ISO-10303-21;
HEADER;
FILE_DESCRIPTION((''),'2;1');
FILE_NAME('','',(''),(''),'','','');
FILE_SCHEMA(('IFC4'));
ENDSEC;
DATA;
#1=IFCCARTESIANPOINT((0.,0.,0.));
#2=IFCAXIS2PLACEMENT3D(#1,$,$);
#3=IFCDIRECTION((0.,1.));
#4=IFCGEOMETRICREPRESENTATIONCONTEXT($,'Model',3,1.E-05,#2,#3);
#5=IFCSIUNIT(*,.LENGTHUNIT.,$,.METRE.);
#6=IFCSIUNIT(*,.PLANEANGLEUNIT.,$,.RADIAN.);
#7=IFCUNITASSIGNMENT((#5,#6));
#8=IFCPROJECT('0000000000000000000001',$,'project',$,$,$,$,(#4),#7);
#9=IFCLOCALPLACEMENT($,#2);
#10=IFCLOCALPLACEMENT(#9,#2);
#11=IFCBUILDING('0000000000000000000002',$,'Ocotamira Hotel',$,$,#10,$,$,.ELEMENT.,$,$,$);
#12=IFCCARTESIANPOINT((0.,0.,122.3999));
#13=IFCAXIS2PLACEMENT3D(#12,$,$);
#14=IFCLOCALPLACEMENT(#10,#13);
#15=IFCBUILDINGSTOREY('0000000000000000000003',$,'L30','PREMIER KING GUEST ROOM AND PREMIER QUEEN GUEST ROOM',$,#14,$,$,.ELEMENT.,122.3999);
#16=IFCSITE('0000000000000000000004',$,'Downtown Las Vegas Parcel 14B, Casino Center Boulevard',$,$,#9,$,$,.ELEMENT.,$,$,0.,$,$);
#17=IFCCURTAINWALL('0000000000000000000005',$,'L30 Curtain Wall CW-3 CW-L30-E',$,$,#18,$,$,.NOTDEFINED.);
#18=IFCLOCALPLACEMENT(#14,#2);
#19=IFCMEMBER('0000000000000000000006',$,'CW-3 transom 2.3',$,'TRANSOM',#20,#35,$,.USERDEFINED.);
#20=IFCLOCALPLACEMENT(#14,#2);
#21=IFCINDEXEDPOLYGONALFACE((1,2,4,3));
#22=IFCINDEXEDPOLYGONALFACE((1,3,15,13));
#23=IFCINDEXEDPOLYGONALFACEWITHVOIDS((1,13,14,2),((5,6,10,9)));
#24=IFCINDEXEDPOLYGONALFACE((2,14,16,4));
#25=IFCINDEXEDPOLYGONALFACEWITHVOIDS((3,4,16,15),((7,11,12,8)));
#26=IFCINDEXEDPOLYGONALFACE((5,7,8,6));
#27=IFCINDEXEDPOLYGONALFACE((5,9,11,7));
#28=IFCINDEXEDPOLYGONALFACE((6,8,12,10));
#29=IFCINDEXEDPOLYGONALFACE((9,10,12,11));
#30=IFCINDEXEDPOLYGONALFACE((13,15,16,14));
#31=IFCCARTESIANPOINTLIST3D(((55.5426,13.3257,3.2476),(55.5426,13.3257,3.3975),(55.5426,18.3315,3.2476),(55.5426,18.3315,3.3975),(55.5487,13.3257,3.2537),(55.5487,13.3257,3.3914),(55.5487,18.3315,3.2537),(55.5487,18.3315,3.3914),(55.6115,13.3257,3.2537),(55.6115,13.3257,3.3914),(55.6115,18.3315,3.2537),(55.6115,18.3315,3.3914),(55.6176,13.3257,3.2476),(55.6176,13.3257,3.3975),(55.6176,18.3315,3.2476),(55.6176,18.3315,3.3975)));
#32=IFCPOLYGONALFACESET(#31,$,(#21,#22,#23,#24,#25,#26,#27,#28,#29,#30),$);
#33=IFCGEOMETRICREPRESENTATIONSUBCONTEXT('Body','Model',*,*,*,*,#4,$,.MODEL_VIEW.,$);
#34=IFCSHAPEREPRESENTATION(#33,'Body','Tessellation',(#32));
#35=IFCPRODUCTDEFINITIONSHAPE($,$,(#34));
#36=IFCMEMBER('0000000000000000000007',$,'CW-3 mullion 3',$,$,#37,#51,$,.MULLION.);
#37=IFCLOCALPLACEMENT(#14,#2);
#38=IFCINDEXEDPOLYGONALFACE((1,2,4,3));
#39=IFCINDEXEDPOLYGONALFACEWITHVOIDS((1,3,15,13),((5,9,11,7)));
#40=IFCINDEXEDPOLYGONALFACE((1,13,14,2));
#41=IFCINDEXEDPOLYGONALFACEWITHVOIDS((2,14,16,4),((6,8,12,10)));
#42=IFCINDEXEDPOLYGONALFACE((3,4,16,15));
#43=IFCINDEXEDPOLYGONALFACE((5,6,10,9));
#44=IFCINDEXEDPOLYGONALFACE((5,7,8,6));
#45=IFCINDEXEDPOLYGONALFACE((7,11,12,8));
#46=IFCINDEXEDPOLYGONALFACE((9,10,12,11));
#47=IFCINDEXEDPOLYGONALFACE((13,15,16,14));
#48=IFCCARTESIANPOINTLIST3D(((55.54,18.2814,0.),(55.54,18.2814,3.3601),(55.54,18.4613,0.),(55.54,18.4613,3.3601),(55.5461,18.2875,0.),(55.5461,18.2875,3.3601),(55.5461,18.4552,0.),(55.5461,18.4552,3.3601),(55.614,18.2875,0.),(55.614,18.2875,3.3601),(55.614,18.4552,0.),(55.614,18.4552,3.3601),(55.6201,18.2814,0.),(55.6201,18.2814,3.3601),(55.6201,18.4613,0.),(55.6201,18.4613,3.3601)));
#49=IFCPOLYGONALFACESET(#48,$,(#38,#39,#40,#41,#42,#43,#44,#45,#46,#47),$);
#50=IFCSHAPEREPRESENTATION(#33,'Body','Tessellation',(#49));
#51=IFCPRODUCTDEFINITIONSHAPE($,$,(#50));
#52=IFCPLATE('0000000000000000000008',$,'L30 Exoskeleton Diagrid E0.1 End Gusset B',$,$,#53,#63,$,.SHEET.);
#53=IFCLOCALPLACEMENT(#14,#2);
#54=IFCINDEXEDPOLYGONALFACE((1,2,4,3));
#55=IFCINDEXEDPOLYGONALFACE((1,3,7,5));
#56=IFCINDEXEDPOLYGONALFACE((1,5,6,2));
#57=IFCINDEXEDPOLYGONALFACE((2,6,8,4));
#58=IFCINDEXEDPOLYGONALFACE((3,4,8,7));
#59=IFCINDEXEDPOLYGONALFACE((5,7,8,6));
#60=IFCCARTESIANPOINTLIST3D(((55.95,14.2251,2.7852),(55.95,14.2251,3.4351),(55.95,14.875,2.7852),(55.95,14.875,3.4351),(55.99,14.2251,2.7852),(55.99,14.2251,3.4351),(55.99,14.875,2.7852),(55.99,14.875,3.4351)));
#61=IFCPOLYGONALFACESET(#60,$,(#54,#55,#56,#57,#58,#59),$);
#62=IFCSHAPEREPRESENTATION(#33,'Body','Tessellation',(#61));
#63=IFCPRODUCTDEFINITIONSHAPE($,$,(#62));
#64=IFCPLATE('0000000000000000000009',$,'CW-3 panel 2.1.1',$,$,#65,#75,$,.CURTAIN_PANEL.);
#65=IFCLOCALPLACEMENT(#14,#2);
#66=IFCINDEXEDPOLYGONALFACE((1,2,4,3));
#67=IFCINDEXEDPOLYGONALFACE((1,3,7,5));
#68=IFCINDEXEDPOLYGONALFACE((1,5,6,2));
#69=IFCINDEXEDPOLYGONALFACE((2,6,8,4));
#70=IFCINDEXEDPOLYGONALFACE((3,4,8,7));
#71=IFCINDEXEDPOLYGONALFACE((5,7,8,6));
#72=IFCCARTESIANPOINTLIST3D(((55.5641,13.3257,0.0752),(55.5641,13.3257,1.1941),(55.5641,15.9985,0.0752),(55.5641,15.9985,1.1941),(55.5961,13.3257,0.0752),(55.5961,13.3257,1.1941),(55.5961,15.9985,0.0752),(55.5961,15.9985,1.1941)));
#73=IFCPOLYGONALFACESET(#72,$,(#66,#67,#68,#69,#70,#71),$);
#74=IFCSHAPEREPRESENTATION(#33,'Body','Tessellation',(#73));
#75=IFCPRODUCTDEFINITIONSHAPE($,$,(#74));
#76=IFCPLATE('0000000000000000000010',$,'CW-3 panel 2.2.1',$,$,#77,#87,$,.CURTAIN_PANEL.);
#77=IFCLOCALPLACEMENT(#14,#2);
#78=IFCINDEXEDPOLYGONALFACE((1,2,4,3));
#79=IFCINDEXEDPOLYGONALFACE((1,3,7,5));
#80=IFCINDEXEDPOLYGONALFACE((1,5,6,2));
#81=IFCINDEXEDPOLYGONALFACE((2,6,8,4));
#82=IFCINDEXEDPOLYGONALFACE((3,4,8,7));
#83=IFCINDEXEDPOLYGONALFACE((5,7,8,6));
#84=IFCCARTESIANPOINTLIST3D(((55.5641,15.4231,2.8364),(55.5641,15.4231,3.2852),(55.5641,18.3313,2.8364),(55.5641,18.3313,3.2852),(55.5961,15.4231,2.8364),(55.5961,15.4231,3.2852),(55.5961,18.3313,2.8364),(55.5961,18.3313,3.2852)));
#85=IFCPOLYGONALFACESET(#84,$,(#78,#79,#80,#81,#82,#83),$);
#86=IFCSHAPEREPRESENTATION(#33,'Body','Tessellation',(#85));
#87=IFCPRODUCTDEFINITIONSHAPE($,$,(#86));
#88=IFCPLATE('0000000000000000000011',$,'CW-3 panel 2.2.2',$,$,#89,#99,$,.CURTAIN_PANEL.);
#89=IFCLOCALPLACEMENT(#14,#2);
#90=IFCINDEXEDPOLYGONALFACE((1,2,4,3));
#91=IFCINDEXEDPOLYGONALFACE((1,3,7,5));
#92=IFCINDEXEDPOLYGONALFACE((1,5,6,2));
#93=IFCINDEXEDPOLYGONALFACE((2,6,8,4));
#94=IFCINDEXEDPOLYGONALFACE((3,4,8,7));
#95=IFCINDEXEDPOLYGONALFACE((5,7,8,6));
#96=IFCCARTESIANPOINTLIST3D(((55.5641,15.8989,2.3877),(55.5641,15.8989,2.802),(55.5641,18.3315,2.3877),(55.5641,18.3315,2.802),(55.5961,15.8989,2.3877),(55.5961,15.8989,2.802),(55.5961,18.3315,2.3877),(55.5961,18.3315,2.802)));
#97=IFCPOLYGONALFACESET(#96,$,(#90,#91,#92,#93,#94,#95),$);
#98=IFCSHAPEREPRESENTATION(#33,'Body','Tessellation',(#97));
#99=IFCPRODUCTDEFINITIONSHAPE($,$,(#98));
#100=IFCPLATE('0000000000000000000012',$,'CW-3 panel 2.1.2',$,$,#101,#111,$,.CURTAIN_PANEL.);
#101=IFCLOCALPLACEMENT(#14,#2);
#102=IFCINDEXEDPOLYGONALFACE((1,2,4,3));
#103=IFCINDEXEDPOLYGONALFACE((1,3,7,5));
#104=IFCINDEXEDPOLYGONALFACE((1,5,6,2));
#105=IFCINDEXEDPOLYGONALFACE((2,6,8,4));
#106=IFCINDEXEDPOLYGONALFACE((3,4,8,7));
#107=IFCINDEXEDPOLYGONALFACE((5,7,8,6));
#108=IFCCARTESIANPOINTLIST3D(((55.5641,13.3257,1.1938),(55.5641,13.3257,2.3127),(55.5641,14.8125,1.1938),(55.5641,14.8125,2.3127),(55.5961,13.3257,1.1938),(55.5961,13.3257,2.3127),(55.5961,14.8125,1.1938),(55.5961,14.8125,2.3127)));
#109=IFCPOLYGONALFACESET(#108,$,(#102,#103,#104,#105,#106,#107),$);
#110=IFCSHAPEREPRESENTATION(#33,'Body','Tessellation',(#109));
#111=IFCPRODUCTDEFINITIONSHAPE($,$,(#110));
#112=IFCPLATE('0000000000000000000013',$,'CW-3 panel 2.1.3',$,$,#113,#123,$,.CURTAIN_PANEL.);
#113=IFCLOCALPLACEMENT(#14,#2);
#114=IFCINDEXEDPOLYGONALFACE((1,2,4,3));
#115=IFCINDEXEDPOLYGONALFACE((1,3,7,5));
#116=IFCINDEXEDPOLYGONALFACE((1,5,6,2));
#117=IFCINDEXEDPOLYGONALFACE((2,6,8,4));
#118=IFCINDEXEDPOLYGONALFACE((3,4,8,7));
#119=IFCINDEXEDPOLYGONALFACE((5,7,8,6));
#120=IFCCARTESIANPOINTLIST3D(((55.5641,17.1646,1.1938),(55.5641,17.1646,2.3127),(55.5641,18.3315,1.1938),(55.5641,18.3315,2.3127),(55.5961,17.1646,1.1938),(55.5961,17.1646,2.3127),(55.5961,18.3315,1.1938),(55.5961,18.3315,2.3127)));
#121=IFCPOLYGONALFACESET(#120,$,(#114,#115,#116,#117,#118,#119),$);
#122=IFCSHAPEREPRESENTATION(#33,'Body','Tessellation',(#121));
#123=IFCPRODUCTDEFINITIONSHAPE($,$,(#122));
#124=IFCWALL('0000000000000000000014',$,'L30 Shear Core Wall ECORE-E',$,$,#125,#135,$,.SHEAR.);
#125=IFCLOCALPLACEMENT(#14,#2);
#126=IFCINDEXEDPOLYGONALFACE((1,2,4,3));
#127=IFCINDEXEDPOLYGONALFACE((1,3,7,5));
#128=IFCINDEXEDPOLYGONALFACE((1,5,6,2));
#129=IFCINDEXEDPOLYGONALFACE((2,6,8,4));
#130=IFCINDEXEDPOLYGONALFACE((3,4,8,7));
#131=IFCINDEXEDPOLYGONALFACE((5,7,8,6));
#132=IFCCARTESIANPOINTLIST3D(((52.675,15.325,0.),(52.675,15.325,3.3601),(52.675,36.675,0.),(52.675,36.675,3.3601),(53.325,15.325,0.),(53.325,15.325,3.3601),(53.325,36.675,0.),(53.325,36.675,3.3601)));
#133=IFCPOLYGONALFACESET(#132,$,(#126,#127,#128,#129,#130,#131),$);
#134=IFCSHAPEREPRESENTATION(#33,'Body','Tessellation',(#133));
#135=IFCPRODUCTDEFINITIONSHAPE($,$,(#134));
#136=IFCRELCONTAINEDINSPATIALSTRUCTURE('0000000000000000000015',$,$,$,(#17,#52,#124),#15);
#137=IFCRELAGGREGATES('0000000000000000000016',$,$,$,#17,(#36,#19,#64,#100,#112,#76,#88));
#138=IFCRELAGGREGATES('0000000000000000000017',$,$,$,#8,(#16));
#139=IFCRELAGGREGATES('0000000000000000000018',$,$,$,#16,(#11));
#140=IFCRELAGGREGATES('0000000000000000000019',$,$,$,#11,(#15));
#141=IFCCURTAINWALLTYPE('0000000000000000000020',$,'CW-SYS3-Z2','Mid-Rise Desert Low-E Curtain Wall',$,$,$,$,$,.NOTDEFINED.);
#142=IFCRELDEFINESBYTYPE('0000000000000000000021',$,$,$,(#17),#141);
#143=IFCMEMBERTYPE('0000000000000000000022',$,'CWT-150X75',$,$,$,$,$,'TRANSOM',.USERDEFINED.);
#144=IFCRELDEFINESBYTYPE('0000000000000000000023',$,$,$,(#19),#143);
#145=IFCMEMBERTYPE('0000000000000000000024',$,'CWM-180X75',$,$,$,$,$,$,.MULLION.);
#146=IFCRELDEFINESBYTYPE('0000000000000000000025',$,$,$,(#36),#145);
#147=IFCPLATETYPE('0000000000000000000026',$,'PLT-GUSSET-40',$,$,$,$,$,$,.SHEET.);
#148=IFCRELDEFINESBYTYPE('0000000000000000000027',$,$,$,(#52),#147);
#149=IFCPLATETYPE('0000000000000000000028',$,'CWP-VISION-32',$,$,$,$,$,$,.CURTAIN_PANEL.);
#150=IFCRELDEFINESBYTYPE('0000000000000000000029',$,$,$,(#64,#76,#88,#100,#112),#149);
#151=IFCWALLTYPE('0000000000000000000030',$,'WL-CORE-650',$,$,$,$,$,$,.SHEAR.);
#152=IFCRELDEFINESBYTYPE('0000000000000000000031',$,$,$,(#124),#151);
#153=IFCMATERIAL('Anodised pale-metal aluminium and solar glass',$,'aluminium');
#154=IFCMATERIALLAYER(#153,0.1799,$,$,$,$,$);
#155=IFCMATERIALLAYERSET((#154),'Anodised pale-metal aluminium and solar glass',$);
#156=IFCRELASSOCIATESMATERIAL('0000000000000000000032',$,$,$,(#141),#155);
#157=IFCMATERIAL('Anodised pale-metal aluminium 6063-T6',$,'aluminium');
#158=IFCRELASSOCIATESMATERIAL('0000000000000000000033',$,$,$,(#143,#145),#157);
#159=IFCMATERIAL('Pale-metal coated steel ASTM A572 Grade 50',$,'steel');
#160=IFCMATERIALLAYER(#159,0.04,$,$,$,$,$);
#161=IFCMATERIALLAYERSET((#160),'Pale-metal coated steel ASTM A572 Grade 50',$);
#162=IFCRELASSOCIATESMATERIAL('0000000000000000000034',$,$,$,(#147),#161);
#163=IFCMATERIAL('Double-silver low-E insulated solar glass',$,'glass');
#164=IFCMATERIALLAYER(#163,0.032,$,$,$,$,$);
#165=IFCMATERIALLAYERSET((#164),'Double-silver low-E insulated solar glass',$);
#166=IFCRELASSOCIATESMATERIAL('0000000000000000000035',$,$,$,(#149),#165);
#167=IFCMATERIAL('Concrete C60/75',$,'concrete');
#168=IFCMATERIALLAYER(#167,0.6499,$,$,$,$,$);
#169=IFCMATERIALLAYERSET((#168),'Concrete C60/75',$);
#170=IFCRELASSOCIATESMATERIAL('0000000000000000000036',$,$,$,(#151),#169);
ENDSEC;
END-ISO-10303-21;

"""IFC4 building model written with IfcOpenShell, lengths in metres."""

from ifc_helpers import new_model, si_unit, direction, frame, frame_2d, origin, origin_2d, place, context, subcontext, project, spatial, rectangle, hollow_rectangle, extrude, source, transform, mapped, material, layer, layer_set, material_profile, profile_set, type_object, element, aggregate, save


model = new_model("IFC4")

# Units and contexts
model_context = context("Model", 3, precision=1e-05, world=origin(), true_north=direction((0.0, 1.0)))
body_context = subcontext(model_context, "Body", "Model", "MODEL_VIEW")
ifc_project = project(units=[si_unit("LENGTHUNIT", "METRE"), si_unit("PLANEANGLEUNIT", "RADIAN")], contexts=[model_context])

# Site, building, storey
site_placement = place(None, origin())
site = spatial("IfcSite", under=ifc_project, at=site_placement, Name="Downtown Las Vegas Parcel 14B, Casino Center Boulevard", CompositionType="ELEMENT", RefElevation=0.0)
building_placement = place(site_placement, origin())
building = spatial("IfcBuilding", under=site, at=building_placement, Name="Ocotamira Hotel", CompositionType="ELEMENT")
storey_placement = place(building_placement, frame((0.0, 0.0, 122.3999)))
storey = spatial("IfcBuildingStorey", under=building, at=storey_placement, Name="L30", Description="PREMIER KING GUEST ROOM AND PREMIER QUEEN GUEST ROOM", CompositionType="ELEMENT", Elevation=122.3999)

# Curtain wall, members
ifc_material_1 = material(Name="Anodised pale-metal aluminium and solar glass", Category="aluminium")
ifc_layer_1 = layer(ifc_material_1, 0.1799)
ifc_layer_set_1 = layer_set([ifc_layer_1], Name="Anodised pale-metal aluminium and solar glass")
curtain_wall_type = type_object("IfcCurtainWallType", Name="CW-SYS3-Z2", Description="Mid-Rise Desert Low-E Curtain Wall", PredefinedType="NOTDEFINED", material=ifc_layer_set_1)
curtain_wall_placement = place(storey_placement, origin())
curtain_wall = element("IfcCurtainWall", 1, at=curtain_wall_placement, inside=storey, type_object=curtain_wall_type, Name="L30 Curtain Wall CW-3 CW-L30-E", PredefinedType="NOTDEFINED")
ifc_material_2 = material(Name="Anodised pale-metal aluminium 6063-T6", Category="aluminium")
ifc_material_profile_1 = material_profile(ifc_material_2, hollow_rectangle(XDim=0.075, YDim=0.1499, WallThickness=0.0061, at=origin_2d()), Name="HSS150X75X6")
ifc_profile_set_1 = profile_set([ifc_material_profile_1], Name="Anodised pale-metal aluminium 6063-T6")
member_type_1 = type_object("IfcMemberType", Name="CWT-150X75", ElementType="TRANSOM", PredefinedType="USERDEFINED", material=ifc_profile_set_1)
shared_shape_1 = source(origin(), body_context, "Body", "SweptSolid", [
    extrude(hollow_rectangle(XDim=0.075, YDim=0.1499, WallThickness=0.0061, at=origin_2d()), origin(), (0.0, 0.0, 1.0), 5.0059),
])
member_1_placement = place(storey_placement, frame((55.5801, 13.3257, 3.3225), z_axis=(0.0, 1.0, 0.0), x_axis=(-1.0, 0.0, 0.0)))
member_1 = element("IfcMember", 2, at=member_1_placement, type_object=member_type_1, Name="CW-3 transom 2.3", ObjectType="TRANSOM", PredefinedType="USERDEFINED", context=body_context, shape_type="MappedRepresentation", body=[
    mapped(shared_shape_1, transform((0.0, 0.0, 0.0), scale=1.0)),
])
ifc_material_profile_2 = material_profile(ifc_material_2, hollow_rectangle(XDim=0.0801, YDim=0.1799, WallThickness=0.0061, at=origin_2d()), Name="HSS180X80X6")
ifc_profile_set_2 = profile_set([ifc_material_profile_2], Name="Anodised pale-metal aluminium 6063-T6")
member_type_2 = type_object("IfcMemberType", Name="CWM-180X75", PredefinedType="MULLION", material=ifc_profile_set_2)
shared_shape_2 = source(origin(), body_context, "Body", "SweptSolid", [
    extrude(hollow_rectangle(XDim=0.0801, YDim=0.1799, WallThickness=0.0061, at=origin_2d()), origin(), (0.0, 0.0, 1.0), 3.3601),
])
member_2_placement = place(storey_placement, frame((55.5801, 18.3713, 0.0), z_axis=(0.0, 0.0, 1.0), x_axis=(-1.0, 0.0, 0.0)))
member_2 = element("IfcMember", 3, at=member_2_placement, type_object=member_type_2, Name="CW-3 mullion 3", PredefinedType="MULLION", context=body_context, shape_type="MappedRepresentation", body=[
    mapped(shared_shape_2, transform((0.0, 0.0, 0.0), scale=1.0)),
])

# Plates
ifc_material_3 = material(Name="Pale-metal coated steel ASTM A572 Grade 50", Category="steel")
ifc_layer_2 = layer(ifc_material_3, 0.04)
ifc_layer_set_2 = layer_set([ifc_layer_2], Name="Pale-metal coated steel ASTM A572 Grade 50")
plate_type_1 = type_object("IfcPlateType", Name="PLT-GUSSET-40", PredefinedType="SHEET", material=ifc_layer_set_2)
shared_shape_3 = source(origin(), body_context, "Body", "SweptSolid", [
    extrude(rectangle(XDim=0.04, YDim=0.6499, at=origin_2d()), origin(), (0.0, 0.0, 1.0), 0.6499),
])
plate_1_placement = place(storey_placement, frame((55.97, 14.55, 2.7852), z_axis=(0.0, 0.0, 1.0), x_axis=(1.0, 0.0, 0.0)))
element("IfcPlate", 4, at=plate_1_placement, inside=storey, type_object=plate_type_1, Name="L30 Exoskeleton Diagrid E0.1 End Gusset B", PredefinedType="SHEET", context=body_context, shape_type="MappedRepresentation", body=[
    mapped(shared_shape_3, transform((0.0, 0.0, 0.0), scale=1.0)),
])
ifc_material_4 = material(Name="Double-silver low-E insulated solar glass", Category="glass")
ifc_layer_3 = layer(ifc_material_4, 0.032)
ifc_layer_set_3 = layer_set([ifc_layer_3], Name="Double-silver low-E insulated solar glass")
plate_type_2 = type_object("IfcPlateType", Name="CWP-VISION-32", PredefinedType="CURTAIN_PANEL", material=ifc_layer_set_3)
shared_shape_4 = source(origin(), body_context, "Body", "SweptSolid", [
    extrude(rectangle(XDim=2.6729, YDim=0.032, at=origin_2d()), origin(), (0.0, 0.0, 1.0), 1.1189),
])
plate_2_placement = place(storey_placement, frame((55.5801, 14.6621, 0.0752), z_axis=(0.0, 0.0, 1.0), x_axis=(0.0, 1.0, 0.0)))
plate_2 = element("IfcPlate", 5, at=plate_2_placement, type_object=plate_type_2, Name="CW-3 panel 2.1.1", PredefinedType="CURTAIN_PANEL", context=body_context, shape_type="MappedRepresentation", body=[
    mapped(shared_shape_4, transform((0.0, 0.0, 0.0), scale=1.0)),
])
shared_shape_5 = source(origin(), body_context, "Body", "SweptSolid", [
    extrude(rectangle(XDim=2.9082, YDim=0.032, at=origin_2d()), origin(), (0.0, 0.0, 1.0), 0.4487),
])
plate_3_placement = place(storey_placement, frame((55.5801, 16.8772, 2.8364), z_axis=(0.0, 0.0, 1.0), x_axis=(0.0, 1.0, 0.0)))
plate_3 = element("IfcPlate", 6, at=plate_3_placement, type_object=plate_type_2, Name="CW-3 panel 2.2.1", PredefinedType="CURTAIN_PANEL", context=body_context, shape_type="MappedRepresentation", body=[
    mapped(shared_shape_5, transform((0.0, 0.0, 0.0), scale=1.0)),
])
shared_shape_6 = source(origin(), body_context, "Body", "SweptSolid", [
    extrude(rectangle(XDim=2.4326, YDim=0.032, at=origin_2d()), origin(), (0.0, 0.0, 1.0), 0.4143),
])
plate_4_placement = place(storey_placement, frame((55.5801, 17.1152, 2.3877), z_axis=(0.0, 0.0, 1.0), x_axis=(0.0, 1.0, 0.0)))
plate_4 = element("IfcPlate", 7, at=plate_4_placement, type_object=plate_type_2, Name="CW-3 panel 2.2.2", PredefinedType="CURTAIN_PANEL", context=body_context, shape_type="MappedRepresentation", body=[
    mapped(shared_shape_6, transform((0.0, 0.0, 0.0), scale=1.0)),
])
shared_shape_7 = source(origin(), body_context, "Body", "SweptSolid", [
    extrude(rectangle(XDim=1.4868, YDim=0.032, at=origin_2d()), origin(), (0.0, 0.0, 1.0), 1.1189),
])
plate_5_placement = place(storey_placement, frame((55.5801, 14.0691, 1.1938), z_axis=(0.0, 0.0, 1.0), x_axis=(0.0, 1.0, 0.0)))
plate_5 = element("IfcPlate", 8, at=plate_5_placement, type_object=plate_type_2, Name="CW-3 panel 2.1.2", PredefinedType="CURTAIN_PANEL", context=body_context, shape_type="MappedRepresentation", body=[
    mapped(shared_shape_7, transform((0.0, 0.0, 0.0), scale=1.0)),
])
shared_shape_8 = source(origin(), body_context, "Body", "SweptSolid", [
    extrude(rectangle(XDim=1.167, YDim=0.032, at=origin_2d()), origin(), (0.0, 0.0, 1.0), 1.1189),
])
plate_6_placement = place(storey_placement, frame((55.5801, 17.748, 1.1938), z_axis=(0.0, 0.0, 1.0), x_axis=(0.0, 1.0, 0.0)))
plate_6 = element("IfcPlate", 9, at=plate_6_placement, type_object=plate_type_2, Name="CW-3 panel 2.1.3", PredefinedType="CURTAIN_PANEL", context=body_context, shape_type="MappedRepresentation", body=[
    mapped(shared_shape_8, transform((0.0, 0.0, 0.0), scale=1.0)),
])
aggregate(curtain_wall, [member_2, member_1, plate_2, plate_5, plate_6, plate_3, plate_4])

# Wall
ifc_material_5 = material(Name="Concrete C60/75", Category="concrete")
ifc_layer_4 = layer(ifc_material_5, 0.6499)
ifc_layer_set_4 = layer_set([ifc_layer_4], Name="Concrete C60/75")
wall_type_1 = type_object("IfcWallType", Name="WL-CORE-650", PredefinedType="SHEAR", material=ifc_layer_set_4)
wall_1_placement = place(storey_placement, frame((53.0, 15.325, 0.0), z_axis=(0.0, 0.0, 1.0), x_axis=(0.0, 1.0, 0.0)))
element("IfcWall", 10, at=wall_1_placement, inside=storey, type_object=wall_type_1, Name="L30 Shear Core Wall ECORE-E", PredefinedType="SHEAR", context=body_context, shape_type="SweptSolid", body=[
    extrude(rectangle(XDim=21.3501, YDim=0.6499, at=frame_2d((10.675, 0.0))), origin(), (0.0, 0.0, 1.0), 3.3601),
])

save(model, "model.ifc")
